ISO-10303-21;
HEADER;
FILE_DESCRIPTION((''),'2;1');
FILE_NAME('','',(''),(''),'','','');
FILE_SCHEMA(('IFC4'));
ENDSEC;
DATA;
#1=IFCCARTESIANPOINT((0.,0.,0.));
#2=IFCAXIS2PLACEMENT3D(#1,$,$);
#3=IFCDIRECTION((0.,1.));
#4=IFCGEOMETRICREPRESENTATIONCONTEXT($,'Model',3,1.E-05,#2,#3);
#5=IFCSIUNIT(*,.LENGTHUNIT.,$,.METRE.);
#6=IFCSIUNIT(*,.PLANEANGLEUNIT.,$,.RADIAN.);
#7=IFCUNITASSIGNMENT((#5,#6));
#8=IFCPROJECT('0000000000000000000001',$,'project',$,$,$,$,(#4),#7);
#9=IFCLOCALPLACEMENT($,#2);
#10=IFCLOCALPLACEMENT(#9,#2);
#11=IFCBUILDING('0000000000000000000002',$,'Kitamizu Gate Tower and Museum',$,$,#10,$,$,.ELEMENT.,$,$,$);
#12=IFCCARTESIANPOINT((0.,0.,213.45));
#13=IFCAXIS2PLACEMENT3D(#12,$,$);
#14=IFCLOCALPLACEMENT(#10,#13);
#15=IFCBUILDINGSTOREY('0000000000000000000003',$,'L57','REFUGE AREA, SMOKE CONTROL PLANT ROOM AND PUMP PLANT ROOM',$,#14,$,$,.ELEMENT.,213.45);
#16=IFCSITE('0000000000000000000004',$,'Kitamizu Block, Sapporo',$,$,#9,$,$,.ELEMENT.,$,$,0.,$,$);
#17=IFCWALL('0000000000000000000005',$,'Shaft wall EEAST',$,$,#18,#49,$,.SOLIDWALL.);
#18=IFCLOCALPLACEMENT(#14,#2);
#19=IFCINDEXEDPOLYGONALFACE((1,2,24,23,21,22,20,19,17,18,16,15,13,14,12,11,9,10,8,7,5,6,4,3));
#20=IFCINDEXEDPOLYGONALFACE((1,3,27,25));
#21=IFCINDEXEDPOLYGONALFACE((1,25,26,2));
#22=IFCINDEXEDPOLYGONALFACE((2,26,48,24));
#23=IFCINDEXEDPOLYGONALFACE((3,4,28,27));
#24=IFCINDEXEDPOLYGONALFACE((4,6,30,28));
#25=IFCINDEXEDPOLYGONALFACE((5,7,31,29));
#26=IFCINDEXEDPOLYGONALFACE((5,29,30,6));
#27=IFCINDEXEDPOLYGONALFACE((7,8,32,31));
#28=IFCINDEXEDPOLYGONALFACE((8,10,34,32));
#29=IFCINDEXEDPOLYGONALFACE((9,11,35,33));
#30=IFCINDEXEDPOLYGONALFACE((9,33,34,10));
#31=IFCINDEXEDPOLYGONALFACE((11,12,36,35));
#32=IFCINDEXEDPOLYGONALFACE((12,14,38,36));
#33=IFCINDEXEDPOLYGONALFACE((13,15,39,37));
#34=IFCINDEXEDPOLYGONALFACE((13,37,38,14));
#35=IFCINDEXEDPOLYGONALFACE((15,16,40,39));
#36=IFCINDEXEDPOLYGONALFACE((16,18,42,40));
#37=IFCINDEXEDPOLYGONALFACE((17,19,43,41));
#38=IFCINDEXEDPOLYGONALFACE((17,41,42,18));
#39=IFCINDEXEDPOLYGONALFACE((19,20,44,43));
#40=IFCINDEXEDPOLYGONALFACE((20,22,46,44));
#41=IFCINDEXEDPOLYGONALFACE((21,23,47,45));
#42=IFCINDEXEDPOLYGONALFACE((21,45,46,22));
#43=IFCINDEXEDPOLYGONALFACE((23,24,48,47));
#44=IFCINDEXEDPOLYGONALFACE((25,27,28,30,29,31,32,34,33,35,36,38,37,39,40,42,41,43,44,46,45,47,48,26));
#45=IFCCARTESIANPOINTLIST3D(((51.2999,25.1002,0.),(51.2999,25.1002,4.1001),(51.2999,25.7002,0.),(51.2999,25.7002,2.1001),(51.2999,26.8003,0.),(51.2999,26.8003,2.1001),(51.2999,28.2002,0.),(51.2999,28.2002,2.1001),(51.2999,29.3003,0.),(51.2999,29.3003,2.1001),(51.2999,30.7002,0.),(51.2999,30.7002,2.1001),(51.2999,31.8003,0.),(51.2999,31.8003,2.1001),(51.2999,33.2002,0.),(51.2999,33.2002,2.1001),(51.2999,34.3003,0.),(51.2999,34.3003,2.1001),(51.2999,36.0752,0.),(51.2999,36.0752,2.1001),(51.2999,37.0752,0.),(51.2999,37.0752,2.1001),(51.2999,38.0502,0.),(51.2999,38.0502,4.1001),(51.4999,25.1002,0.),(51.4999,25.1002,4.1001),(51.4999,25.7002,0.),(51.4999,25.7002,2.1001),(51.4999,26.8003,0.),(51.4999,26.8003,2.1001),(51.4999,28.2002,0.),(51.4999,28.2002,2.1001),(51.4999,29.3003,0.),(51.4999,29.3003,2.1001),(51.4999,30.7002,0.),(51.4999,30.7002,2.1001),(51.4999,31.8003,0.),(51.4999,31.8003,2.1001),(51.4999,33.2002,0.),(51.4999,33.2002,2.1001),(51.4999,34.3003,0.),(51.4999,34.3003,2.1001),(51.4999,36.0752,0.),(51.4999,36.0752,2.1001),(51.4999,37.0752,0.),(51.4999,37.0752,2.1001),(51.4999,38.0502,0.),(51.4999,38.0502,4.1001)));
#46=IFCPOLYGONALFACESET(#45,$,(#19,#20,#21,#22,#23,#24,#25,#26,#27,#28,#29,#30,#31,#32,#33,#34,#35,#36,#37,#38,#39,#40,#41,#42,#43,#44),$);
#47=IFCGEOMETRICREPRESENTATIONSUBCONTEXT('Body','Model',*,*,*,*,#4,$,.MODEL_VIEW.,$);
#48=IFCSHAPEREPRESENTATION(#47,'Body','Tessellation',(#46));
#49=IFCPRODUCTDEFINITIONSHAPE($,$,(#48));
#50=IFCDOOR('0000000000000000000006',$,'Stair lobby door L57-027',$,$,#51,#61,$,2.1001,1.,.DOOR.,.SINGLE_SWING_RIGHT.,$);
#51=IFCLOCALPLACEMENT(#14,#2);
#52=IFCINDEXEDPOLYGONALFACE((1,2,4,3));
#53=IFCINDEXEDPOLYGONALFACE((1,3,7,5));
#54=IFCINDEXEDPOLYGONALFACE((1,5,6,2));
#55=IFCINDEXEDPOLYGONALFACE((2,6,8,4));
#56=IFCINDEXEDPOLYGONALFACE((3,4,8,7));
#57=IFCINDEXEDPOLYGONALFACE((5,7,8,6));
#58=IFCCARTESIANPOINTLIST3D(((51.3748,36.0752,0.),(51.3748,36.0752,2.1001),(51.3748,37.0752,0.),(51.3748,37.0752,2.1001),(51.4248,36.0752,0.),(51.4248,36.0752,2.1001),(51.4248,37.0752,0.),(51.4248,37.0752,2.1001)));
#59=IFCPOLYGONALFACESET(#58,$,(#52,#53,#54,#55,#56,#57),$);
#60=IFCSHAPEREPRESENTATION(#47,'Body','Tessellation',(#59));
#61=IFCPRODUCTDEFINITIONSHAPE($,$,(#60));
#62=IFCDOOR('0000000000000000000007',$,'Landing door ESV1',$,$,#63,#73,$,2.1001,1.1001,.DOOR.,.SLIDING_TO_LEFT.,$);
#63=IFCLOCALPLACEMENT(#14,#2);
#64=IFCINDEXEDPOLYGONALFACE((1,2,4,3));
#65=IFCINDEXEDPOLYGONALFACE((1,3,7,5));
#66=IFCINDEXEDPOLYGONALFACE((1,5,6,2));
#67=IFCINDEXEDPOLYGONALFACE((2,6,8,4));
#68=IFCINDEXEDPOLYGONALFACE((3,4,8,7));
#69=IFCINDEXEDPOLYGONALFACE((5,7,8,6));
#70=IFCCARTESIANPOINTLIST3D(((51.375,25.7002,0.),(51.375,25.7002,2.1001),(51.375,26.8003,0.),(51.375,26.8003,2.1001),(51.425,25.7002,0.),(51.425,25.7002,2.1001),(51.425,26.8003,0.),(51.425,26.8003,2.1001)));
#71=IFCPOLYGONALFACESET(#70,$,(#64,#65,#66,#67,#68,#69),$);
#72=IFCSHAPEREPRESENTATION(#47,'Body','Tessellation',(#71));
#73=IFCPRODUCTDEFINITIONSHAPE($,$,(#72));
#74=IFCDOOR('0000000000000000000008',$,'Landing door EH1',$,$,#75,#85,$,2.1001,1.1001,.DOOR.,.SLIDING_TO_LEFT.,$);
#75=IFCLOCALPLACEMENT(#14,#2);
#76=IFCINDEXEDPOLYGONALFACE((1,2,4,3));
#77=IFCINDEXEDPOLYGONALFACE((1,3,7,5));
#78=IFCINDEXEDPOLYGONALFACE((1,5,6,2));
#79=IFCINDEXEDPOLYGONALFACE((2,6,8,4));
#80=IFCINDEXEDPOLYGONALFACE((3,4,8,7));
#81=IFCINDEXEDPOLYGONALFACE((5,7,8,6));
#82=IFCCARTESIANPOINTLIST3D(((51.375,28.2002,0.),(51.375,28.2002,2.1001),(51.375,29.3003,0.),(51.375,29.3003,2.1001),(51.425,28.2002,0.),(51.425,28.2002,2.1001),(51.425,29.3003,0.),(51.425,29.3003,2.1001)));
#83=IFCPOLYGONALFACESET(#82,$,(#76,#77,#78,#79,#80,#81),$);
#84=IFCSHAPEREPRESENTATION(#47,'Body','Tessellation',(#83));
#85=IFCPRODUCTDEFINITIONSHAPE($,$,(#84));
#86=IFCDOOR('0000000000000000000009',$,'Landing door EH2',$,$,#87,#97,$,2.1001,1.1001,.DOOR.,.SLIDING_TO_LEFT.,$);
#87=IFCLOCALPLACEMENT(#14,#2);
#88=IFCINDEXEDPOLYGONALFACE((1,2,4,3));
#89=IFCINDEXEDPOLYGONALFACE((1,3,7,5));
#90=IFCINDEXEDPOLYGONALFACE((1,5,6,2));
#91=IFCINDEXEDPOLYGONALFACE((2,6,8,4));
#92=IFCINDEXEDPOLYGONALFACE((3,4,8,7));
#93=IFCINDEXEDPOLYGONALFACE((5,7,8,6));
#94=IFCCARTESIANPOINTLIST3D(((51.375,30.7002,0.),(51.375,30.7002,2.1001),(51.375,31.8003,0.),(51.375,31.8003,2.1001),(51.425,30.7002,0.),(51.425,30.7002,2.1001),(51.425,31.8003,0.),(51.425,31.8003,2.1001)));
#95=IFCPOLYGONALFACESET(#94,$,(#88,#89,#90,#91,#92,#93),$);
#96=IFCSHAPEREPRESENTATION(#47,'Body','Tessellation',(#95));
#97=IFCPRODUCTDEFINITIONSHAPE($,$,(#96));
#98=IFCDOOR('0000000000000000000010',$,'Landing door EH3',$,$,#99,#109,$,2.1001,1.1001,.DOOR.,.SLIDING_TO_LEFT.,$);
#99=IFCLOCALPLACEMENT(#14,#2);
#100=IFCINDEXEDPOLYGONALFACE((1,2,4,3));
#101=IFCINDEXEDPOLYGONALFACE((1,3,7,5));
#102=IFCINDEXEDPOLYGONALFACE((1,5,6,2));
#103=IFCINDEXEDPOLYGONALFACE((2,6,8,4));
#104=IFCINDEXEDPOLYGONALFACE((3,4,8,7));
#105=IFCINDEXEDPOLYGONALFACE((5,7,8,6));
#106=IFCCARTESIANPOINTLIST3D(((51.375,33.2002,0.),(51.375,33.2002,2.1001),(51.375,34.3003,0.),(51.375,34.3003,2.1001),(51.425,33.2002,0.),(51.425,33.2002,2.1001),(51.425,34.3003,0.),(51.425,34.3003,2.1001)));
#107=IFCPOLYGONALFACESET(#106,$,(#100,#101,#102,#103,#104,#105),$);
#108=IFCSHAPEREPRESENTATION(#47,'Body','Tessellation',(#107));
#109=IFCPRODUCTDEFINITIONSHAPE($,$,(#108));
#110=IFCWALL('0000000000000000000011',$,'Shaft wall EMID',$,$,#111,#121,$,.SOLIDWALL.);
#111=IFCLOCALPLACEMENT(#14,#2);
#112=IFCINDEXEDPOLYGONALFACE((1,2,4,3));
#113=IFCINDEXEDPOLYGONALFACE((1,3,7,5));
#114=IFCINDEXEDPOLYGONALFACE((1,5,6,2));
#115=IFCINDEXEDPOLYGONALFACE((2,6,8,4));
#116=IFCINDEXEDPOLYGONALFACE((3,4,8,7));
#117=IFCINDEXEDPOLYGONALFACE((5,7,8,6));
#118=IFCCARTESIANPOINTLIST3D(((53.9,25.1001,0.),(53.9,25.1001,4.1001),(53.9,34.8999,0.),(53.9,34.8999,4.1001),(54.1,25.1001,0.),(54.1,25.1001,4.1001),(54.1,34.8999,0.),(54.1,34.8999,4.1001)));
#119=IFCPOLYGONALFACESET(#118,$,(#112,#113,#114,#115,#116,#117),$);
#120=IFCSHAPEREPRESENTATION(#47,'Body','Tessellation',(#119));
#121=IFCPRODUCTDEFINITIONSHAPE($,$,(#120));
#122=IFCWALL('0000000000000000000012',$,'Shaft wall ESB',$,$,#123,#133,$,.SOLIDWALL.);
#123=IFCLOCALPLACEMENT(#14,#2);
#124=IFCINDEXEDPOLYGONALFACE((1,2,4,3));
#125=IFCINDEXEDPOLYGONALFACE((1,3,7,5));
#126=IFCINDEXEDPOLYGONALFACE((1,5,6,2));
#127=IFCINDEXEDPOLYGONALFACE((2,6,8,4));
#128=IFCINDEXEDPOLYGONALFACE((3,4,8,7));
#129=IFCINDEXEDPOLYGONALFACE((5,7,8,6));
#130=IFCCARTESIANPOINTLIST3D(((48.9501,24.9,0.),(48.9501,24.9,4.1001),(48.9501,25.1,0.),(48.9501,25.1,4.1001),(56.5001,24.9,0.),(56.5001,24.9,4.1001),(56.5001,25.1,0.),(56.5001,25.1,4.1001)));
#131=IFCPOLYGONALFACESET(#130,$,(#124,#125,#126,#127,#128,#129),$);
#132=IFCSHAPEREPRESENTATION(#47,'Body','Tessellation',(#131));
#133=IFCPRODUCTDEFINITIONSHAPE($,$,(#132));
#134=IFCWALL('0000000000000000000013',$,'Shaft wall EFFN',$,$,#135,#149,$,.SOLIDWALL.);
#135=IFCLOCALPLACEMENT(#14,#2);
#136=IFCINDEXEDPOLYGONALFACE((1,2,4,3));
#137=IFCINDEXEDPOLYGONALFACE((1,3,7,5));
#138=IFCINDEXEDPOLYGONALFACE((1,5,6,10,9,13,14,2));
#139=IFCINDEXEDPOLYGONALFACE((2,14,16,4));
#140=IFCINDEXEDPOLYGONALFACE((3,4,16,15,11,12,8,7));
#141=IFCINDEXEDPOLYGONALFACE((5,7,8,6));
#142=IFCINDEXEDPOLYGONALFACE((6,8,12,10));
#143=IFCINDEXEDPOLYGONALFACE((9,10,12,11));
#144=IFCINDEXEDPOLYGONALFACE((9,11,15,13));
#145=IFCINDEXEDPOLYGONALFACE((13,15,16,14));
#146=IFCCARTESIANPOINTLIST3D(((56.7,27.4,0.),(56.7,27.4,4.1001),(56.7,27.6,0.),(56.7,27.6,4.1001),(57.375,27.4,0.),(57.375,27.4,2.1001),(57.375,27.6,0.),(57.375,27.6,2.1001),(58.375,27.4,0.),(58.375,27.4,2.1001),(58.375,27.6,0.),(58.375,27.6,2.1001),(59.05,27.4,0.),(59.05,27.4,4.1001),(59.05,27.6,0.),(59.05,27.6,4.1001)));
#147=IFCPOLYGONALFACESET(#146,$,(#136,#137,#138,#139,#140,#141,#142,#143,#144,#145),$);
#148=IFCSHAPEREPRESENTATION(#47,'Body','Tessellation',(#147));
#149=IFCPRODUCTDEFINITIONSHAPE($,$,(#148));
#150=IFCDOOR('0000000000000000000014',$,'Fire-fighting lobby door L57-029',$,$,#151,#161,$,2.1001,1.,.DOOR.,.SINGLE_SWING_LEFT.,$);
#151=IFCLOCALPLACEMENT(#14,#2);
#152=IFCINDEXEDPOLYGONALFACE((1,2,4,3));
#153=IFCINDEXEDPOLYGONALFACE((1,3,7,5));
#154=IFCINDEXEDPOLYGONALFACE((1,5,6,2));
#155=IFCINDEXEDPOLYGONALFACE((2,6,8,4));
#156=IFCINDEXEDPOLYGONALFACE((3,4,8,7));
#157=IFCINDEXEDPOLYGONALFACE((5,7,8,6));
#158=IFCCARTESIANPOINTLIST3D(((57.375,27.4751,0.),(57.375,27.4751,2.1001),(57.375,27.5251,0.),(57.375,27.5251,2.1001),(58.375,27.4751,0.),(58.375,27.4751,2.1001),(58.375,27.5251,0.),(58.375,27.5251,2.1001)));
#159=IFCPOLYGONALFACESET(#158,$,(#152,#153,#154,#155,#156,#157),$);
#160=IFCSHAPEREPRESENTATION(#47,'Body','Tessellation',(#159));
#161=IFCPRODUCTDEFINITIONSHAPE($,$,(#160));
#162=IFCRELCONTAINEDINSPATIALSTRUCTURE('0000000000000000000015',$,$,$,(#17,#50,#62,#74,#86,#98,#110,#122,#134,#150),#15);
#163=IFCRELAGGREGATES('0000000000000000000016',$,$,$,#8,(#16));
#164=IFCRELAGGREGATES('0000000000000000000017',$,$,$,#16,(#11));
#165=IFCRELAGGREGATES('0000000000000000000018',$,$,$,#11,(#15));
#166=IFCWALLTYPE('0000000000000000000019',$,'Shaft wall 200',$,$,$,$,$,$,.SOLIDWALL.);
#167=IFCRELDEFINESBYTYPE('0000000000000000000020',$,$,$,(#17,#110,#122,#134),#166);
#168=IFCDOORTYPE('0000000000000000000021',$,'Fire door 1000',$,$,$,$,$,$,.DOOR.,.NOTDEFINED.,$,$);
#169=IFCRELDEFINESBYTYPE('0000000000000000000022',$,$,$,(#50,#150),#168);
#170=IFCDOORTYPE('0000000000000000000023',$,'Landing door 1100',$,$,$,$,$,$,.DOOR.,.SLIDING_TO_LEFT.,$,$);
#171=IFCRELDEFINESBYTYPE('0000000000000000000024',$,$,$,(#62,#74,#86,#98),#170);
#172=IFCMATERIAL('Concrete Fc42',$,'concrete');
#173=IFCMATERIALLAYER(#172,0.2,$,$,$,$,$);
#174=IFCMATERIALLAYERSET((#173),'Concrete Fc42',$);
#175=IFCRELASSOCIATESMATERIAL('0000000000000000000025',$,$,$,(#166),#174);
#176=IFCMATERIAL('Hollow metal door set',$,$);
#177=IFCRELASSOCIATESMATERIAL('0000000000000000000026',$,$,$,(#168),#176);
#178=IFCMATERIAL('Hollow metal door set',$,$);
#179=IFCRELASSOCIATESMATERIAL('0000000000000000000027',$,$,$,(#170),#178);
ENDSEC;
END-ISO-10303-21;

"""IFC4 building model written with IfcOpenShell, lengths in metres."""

from ifc_helpers import new_model, si_unit, direction, frame, frame_2d, origin, place, context, subcontext, project, spatial, rectangle, extrude, material, layer, layer_set, type_object, element, fill, save


model = new_model("IFC4")

# Units and contexts
model_context = context("Model", 3, precision=1e-05, world=origin(), true_north=direction((0.0, 1.0)))
body_context = subcontext(model_context, "Body", "Model", "MODEL_VIEW")
ifc_project = project(units=[si_unit("LENGTHUNIT", "METRE"), si_unit("PLANEANGLEUNIT", "RADIAN")], contexts=[model_context])

# Site, building, storey
site_placement = place(None, origin())
site = spatial("IfcSite", under=ifc_project, at=site_placement, Name="Kitamizu Block, Sapporo", CompositionType="ELEMENT", RefElevation=0.0)
building_placement = place(site_placement, origin())
building = spatial("IfcBuilding", under=site, at=building_placement, Name="Kitamizu Gate Tower and Museum", CompositionType="ELEMENT")
storey_placement = place(building_placement, frame((0.0, 0.0, 213.45)))
storey = spatial("IfcBuildingStorey", under=building, at=storey_placement, Name="L57", Description="REFUGE AREA, SMOKE CONTROL PLANT ROOM AND PUMP PLANT ROOM", CompositionType="ELEMENT", Elevation=213.45)

# Wall, openings, doors
ifc_material_1 = material(Name="Concrete Fc42", Category="concrete")
ifc_layer = layer(ifc_material_1, 0.2)
ifc_layer_set = layer_set([ifc_layer], Name="Concrete Fc42")
wall_type = type_object("IfcWallType", Name="Shaft wall 200", PredefinedType="SOLIDWALL", material=ifc_layer_set)
wall_1_placement = place(storey_placement, frame((51.3999, 25.1001, 0.0), z_axis=(0.0, 0.0, 1.0), x_axis=(0.0, 1.0, 0.0)))
wall_1 = element("IfcWall", 1, at=wall_1_placement, inside=storey, type_object=wall_type, Name="Shaft wall EEAST", PredefinedType="SOLIDWALL", context=body_context, shape_type="SweptSolid", body=[
    extrude(rectangle(XDim=12.95, YDim=0.2, at=frame_2d((6.4751, 0.0))), origin(), (0.0, 0.0, 1.0), 4.1001),
])
opening_1_placement = place(wall_1_placement, frame((0.6001, 0.0, 0.0)))
opening_1 = element("IfcOpeningElement", 2, at=opening_1_placement, cuts=wall_1, PredefinedType="OPENING", context=body_context, shape_type="SweptSolid", body=[
    extrude(rectangle(XDim=1.1001, YDim=2.1001, at=frame_2d((0.55, 1.05))), frame((0.0, 0.1099, 0.0), z_axis=(0.0, -1.0, 0.0), x_axis=(1.0, 0.0, 0.0)), (0.0, 0.0, 1.0), 0.22),
])
opening_2_placement = place(wall_1_placement, frame((3.1001, 0.0, 0.0)))
opening_2 = element("IfcOpeningElement", 3, at=opening_2_placement, cuts=wall_1, PredefinedType="OPENING", context=body_context, shape_type="SweptSolid", body=[
    extrude(rectangle(XDim=1.1001, YDim=2.1001, at=frame_2d((0.55, 1.05))), frame((0.0, 0.1099, 0.0), z_axis=(0.0, -1.0, 0.0), x_axis=(1.0, 0.0, 0.0)), (0.0, 0.0, 1.0), 0.22),
])
opening_3_placement = place(wall_1_placement, frame((5.6001, 0.0, 0.0)))
opening_3 = element("IfcOpeningElement", 4, at=opening_3_placement, cuts=wall_1, PredefinedType="OPENING", context=body_context, shape_type="SweptSolid", body=[
    extrude(rectangle(XDim=1.1001, YDim=2.1001, at=frame_2d((0.55, 1.05))), frame((0.0, 0.1099, 0.0), z_axis=(0.0, -1.0, 0.0), x_axis=(1.0, 0.0, 0.0)), (0.0, 0.0, 1.0), 0.22),
])
opening_4_placement = place(wall_1_placement, frame((8.1001, 0.0, 0.0)))
opening_4 = element("IfcOpeningElement", 5, at=opening_4_placement, cuts=wall_1, PredefinedType="OPENING", context=body_context, shape_type="SweptSolid", body=[
    extrude(rectangle(XDim=1.1001, YDim=2.1001, at=frame_2d((0.55, 1.05))), frame((0.0, 0.1099, 0.0), z_axis=(0.0, -1.0, 0.0), x_axis=(1.0, 0.0, 0.0)), (0.0, 0.0, 1.0), 0.22),
])
opening_5_placement = place(wall_1_placement, frame((10.9751, 0.0, 0.0)))
opening_5 = element("IfcOpeningElement", 6, at=opening_5_placement, cuts=wall_1, PredefinedType="OPENING", context=body_context, shape_type="SweptSolid", body=[
    extrude(rectangle(XDim=1.0, YDim=2.1001, at=frame_2d((0.5, 1.05))), frame((0.0, 0.1099, 0.0), z_axis=(0.0, -1.0, 0.0), x_axis=(1.0, 0.0, 0.0)), (0.0, 0.0, 1.0), 0.22),
])
ifc_material_2 = material(Name="Hollow metal door set")
door_type_1 = type_object("IfcDoorType", Name="Fire door 1000", OperationType="NOTDEFINED", PredefinedType="DOOR", material=ifc_material_2)
door_1_placement = place(opening_5_placement, frame((1.0, 0.0, 0.0), x_axis=(-1.0, 0.0, 0.0)))
door_1 = element("IfcDoor", 7, at=door_1_placement, inside=storey, type_object=door_type_1, Name="Stair lobby door L57-027", OperationType="SINGLE_SWING_RIGHT", OverallHeight=2.1001, OverallWidth=1.0, PredefinedType="DOOR", context=body_context, shape_type="SweptSolid", body=[
    extrude(rectangle(XDim=1.0, YDim=2.1001, at=frame_2d((0.5, 1.05))), frame((0.0, 0.0249, 0.0), z_axis=(0.0, -1.0, 0.0), x_axis=(1.0, 0.0, 0.0)), (0.0, 0.0, 1.0), 0.05),
])
fill(opening_5, door_1)
ifc_material_3 = material(Name="Hollow metal door set")
door_type_2 = type_object("IfcDoorType", Name="Landing door 1100", OperationType="SLIDING_TO_LEFT", PredefinedType="DOOR", material=ifc_material_3)
door_2_placement = place(opening_1_placement, origin())
door_2 = element("IfcDoor", 8, at=door_2_placement, inside=storey, type_object=door_type_2, Name="Landing door ESV1", OperationType="SLIDING_TO_LEFT", OverallHeight=2.1001, OverallWidth=1.1001, PredefinedType="DOOR", context=body_context, shape_type="SweptSolid", body=[
    extrude(rectangle(XDim=1.1001, YDim=2.1001, at=frame_2d((0.55, 1.05))), frame((0.0, 0.0249, 0.0), z_axis=(0.0, -1.0, 0.0), x_axis=(1.0, 0.0, 0.0)), (0.0, 0.0, 1.0), 0.05),
])
fill(opening_1, door_2)
door_3_placement = place(opening_2_placement, origin())
door_3 = element("IfcDoor", 9, at=door_3_placement, inside=storey, type_object=door_type_2, Name="Landing door EH1", OperationType="SLIDING_TO_LEFT", OverallHeight=2.1001, OverallWidth=1.1001, PredefinedType="DOOR", context=body_context, shape_type="SweptSolid", body=[
    extrude(rectangle(XDim=1.1001, YDim=2.1001, at=frame_2d((0.55, 1.05))), frame((0.0, 0.0249, 0.0), z_axis=(0.0, -1.0, 0.0), x_axis=(1.0, 0.0, 0.0)), (0.0, 0.0, 1.0), 0.05),
])
fill(opening_2, door_3)
door_4_placement = place(opening_3_placement, origin())
door_4 = element("IfcDoor", 10, at=door_4_placement, inside=storey, type_object=door_type_2, Name="Landing door EH2", OperationType="SLIDING_TO_LEFT", OverallHeight=2.1001, OverallWidth=1.1001, PredefinedType="DOOR", context=body_context, shape_type="SweptSolid", body=[
    extrude(rectangle(XDim=1.1001, YDim=2.1001, at=frame_2d((0.55, 1.05))), frame((0.0, 0.0249, 0.0), z_axis=(0.0, -1.0, 0.0), x_axis=(1.0, 0.0, 0.0)), (0.0, 0.0, 1.0), 0.05),
])
fill(opening_3, door_4)
door_5_placement = place(opening_4_placement, origin())
door_5 = element("IfcDoor", 11, at=door_5_placement, inside=storey, type_object=door_type_2, Name="Landing door EH3", OperationType="SLIDING_TO_LEFT", OverallHeight=2.1001, OverallWidth=1.1001, PredefinedType="DOOR", context=body_context, shape_type="SweptSolid", body=[
    extrude(rectangle(XDim=1.1001, YDim=2.1001, at=frame_2d((0.55, 1.05))), frame((0.0, 0.0249, 0.0), z_axis=(0.0, -1.0, 0.0), x_axis=(1.0, 0.0, 0.0)), (0.0, 0.0, 1.0), 0.05),
])
fill(opening_4, door_5)

# Walls
wall_2_placement = place(storey_placement, frame((54.0, 25.1001, 0.0), z_axis=(0.0, 0.0, 1.0), x_axis=(0.0, 1.0, 0.0)))
element("IfcWall", 12, at=wall_2_placement, inside=storey, type_object=wall_type, Name="Shaft wall EMID", PredefinedType="SOLIDWALL", context=body_context, shape_type="SweptSolid", body=[
    extrude(rectangle(XDim=9.7998, YDim=0.2, at=frame_2d((4.8999, 0.0))), origin(), (0.0, 0.0, 1.0), 4.1001),
])
wall_3_placement = place(storey_placement, frame((56.5, 25.0, 0.0), z_axis=(0.0, 0.0, 1.0), x_axis=(-1.0, 0.0, 0.0)))
element("IfcWall", 13, at=wall_3_placement, inside=storey, type_object=wall_type, Name="Shaft wall ESB", PredefinedType="SOLIDWALL", context=body_context, shape_type="SweptSolid", body=[
    extrude(rectangle(XDim=7.55, YDim=0.2, at=frame_2d((3.7749, 0.0))), origin(), (0.0, 0.0, 1.0), 4.1001),
])

# Wall, opening, door
wall_4_placement = place(storey_placement, frame((59.05, 27.5, 0.0), z_axis=(0.0, 0.0, 1.0), x_axis=(-1.0, 0.0, 0.0)))
wall_4 = element("IfcWall", 14, at=wall_4_placement, inside=storey, type_object=wall_type, Name="Shaft wall EFFN", PredefinedType="SOLIDWALL", context=body_context, shape_type="SweptSolid", body=[
    extrude(rectangle(XDim=2.3501, YDim=0.2, at=frame_2d((1.175, 0.0))), origin(), (0.0, 0.0, 1.0), 4.1001),
])
opening_6_placement = place(wall_4_placement, frame((0.675, 0.0, 0.0)))
opening_6 = element("IfcOpeningElement", 15, at=opening_6_placement, cuts=wall_4, PredefinedType="OPENING", context=body_context, shape_type="SweptSolid", body=[
    extrude(rectangle(XDim=1.0, YDim=2.1001, at=frame_2d((0.5, 1.05))), frame((0.0, 0.1099, 0.0), z_axis=(0.0, -1.0, 0.0), x_axis=(1.0, 0.0, 0.0)), (0.0, 0.0, 1.0), 0.22),
])
door_6_placement = place(opening_6_placement, origin())
door_6 = element("IfcDoor", 16, at=door_6_placement, inside=storey, type_object=door_type_1, Name="Fire-fighting lobby door L57-029", OperationType="SINGLE_SWING_LEFT", OverallHeight=2.1001, OverallWidth=1.0, PredefinedType="DOOR", context=body_context, shape_type="SweptSolid", body=[
    extrude(rectangle(XDim=1.0, YDim=2.1001, at=frame_2d((0.5, 1.05))), frame((0.0, 0.0249, 0.0), z_axis=(0.0, -1.0, 0.0), x_axis=(1.0, 0.0, 0.0)), (0.0, 0.0, 1.0), 0.05),
])
fill(opening_6, door_6)

save(model, "model.ifc")
